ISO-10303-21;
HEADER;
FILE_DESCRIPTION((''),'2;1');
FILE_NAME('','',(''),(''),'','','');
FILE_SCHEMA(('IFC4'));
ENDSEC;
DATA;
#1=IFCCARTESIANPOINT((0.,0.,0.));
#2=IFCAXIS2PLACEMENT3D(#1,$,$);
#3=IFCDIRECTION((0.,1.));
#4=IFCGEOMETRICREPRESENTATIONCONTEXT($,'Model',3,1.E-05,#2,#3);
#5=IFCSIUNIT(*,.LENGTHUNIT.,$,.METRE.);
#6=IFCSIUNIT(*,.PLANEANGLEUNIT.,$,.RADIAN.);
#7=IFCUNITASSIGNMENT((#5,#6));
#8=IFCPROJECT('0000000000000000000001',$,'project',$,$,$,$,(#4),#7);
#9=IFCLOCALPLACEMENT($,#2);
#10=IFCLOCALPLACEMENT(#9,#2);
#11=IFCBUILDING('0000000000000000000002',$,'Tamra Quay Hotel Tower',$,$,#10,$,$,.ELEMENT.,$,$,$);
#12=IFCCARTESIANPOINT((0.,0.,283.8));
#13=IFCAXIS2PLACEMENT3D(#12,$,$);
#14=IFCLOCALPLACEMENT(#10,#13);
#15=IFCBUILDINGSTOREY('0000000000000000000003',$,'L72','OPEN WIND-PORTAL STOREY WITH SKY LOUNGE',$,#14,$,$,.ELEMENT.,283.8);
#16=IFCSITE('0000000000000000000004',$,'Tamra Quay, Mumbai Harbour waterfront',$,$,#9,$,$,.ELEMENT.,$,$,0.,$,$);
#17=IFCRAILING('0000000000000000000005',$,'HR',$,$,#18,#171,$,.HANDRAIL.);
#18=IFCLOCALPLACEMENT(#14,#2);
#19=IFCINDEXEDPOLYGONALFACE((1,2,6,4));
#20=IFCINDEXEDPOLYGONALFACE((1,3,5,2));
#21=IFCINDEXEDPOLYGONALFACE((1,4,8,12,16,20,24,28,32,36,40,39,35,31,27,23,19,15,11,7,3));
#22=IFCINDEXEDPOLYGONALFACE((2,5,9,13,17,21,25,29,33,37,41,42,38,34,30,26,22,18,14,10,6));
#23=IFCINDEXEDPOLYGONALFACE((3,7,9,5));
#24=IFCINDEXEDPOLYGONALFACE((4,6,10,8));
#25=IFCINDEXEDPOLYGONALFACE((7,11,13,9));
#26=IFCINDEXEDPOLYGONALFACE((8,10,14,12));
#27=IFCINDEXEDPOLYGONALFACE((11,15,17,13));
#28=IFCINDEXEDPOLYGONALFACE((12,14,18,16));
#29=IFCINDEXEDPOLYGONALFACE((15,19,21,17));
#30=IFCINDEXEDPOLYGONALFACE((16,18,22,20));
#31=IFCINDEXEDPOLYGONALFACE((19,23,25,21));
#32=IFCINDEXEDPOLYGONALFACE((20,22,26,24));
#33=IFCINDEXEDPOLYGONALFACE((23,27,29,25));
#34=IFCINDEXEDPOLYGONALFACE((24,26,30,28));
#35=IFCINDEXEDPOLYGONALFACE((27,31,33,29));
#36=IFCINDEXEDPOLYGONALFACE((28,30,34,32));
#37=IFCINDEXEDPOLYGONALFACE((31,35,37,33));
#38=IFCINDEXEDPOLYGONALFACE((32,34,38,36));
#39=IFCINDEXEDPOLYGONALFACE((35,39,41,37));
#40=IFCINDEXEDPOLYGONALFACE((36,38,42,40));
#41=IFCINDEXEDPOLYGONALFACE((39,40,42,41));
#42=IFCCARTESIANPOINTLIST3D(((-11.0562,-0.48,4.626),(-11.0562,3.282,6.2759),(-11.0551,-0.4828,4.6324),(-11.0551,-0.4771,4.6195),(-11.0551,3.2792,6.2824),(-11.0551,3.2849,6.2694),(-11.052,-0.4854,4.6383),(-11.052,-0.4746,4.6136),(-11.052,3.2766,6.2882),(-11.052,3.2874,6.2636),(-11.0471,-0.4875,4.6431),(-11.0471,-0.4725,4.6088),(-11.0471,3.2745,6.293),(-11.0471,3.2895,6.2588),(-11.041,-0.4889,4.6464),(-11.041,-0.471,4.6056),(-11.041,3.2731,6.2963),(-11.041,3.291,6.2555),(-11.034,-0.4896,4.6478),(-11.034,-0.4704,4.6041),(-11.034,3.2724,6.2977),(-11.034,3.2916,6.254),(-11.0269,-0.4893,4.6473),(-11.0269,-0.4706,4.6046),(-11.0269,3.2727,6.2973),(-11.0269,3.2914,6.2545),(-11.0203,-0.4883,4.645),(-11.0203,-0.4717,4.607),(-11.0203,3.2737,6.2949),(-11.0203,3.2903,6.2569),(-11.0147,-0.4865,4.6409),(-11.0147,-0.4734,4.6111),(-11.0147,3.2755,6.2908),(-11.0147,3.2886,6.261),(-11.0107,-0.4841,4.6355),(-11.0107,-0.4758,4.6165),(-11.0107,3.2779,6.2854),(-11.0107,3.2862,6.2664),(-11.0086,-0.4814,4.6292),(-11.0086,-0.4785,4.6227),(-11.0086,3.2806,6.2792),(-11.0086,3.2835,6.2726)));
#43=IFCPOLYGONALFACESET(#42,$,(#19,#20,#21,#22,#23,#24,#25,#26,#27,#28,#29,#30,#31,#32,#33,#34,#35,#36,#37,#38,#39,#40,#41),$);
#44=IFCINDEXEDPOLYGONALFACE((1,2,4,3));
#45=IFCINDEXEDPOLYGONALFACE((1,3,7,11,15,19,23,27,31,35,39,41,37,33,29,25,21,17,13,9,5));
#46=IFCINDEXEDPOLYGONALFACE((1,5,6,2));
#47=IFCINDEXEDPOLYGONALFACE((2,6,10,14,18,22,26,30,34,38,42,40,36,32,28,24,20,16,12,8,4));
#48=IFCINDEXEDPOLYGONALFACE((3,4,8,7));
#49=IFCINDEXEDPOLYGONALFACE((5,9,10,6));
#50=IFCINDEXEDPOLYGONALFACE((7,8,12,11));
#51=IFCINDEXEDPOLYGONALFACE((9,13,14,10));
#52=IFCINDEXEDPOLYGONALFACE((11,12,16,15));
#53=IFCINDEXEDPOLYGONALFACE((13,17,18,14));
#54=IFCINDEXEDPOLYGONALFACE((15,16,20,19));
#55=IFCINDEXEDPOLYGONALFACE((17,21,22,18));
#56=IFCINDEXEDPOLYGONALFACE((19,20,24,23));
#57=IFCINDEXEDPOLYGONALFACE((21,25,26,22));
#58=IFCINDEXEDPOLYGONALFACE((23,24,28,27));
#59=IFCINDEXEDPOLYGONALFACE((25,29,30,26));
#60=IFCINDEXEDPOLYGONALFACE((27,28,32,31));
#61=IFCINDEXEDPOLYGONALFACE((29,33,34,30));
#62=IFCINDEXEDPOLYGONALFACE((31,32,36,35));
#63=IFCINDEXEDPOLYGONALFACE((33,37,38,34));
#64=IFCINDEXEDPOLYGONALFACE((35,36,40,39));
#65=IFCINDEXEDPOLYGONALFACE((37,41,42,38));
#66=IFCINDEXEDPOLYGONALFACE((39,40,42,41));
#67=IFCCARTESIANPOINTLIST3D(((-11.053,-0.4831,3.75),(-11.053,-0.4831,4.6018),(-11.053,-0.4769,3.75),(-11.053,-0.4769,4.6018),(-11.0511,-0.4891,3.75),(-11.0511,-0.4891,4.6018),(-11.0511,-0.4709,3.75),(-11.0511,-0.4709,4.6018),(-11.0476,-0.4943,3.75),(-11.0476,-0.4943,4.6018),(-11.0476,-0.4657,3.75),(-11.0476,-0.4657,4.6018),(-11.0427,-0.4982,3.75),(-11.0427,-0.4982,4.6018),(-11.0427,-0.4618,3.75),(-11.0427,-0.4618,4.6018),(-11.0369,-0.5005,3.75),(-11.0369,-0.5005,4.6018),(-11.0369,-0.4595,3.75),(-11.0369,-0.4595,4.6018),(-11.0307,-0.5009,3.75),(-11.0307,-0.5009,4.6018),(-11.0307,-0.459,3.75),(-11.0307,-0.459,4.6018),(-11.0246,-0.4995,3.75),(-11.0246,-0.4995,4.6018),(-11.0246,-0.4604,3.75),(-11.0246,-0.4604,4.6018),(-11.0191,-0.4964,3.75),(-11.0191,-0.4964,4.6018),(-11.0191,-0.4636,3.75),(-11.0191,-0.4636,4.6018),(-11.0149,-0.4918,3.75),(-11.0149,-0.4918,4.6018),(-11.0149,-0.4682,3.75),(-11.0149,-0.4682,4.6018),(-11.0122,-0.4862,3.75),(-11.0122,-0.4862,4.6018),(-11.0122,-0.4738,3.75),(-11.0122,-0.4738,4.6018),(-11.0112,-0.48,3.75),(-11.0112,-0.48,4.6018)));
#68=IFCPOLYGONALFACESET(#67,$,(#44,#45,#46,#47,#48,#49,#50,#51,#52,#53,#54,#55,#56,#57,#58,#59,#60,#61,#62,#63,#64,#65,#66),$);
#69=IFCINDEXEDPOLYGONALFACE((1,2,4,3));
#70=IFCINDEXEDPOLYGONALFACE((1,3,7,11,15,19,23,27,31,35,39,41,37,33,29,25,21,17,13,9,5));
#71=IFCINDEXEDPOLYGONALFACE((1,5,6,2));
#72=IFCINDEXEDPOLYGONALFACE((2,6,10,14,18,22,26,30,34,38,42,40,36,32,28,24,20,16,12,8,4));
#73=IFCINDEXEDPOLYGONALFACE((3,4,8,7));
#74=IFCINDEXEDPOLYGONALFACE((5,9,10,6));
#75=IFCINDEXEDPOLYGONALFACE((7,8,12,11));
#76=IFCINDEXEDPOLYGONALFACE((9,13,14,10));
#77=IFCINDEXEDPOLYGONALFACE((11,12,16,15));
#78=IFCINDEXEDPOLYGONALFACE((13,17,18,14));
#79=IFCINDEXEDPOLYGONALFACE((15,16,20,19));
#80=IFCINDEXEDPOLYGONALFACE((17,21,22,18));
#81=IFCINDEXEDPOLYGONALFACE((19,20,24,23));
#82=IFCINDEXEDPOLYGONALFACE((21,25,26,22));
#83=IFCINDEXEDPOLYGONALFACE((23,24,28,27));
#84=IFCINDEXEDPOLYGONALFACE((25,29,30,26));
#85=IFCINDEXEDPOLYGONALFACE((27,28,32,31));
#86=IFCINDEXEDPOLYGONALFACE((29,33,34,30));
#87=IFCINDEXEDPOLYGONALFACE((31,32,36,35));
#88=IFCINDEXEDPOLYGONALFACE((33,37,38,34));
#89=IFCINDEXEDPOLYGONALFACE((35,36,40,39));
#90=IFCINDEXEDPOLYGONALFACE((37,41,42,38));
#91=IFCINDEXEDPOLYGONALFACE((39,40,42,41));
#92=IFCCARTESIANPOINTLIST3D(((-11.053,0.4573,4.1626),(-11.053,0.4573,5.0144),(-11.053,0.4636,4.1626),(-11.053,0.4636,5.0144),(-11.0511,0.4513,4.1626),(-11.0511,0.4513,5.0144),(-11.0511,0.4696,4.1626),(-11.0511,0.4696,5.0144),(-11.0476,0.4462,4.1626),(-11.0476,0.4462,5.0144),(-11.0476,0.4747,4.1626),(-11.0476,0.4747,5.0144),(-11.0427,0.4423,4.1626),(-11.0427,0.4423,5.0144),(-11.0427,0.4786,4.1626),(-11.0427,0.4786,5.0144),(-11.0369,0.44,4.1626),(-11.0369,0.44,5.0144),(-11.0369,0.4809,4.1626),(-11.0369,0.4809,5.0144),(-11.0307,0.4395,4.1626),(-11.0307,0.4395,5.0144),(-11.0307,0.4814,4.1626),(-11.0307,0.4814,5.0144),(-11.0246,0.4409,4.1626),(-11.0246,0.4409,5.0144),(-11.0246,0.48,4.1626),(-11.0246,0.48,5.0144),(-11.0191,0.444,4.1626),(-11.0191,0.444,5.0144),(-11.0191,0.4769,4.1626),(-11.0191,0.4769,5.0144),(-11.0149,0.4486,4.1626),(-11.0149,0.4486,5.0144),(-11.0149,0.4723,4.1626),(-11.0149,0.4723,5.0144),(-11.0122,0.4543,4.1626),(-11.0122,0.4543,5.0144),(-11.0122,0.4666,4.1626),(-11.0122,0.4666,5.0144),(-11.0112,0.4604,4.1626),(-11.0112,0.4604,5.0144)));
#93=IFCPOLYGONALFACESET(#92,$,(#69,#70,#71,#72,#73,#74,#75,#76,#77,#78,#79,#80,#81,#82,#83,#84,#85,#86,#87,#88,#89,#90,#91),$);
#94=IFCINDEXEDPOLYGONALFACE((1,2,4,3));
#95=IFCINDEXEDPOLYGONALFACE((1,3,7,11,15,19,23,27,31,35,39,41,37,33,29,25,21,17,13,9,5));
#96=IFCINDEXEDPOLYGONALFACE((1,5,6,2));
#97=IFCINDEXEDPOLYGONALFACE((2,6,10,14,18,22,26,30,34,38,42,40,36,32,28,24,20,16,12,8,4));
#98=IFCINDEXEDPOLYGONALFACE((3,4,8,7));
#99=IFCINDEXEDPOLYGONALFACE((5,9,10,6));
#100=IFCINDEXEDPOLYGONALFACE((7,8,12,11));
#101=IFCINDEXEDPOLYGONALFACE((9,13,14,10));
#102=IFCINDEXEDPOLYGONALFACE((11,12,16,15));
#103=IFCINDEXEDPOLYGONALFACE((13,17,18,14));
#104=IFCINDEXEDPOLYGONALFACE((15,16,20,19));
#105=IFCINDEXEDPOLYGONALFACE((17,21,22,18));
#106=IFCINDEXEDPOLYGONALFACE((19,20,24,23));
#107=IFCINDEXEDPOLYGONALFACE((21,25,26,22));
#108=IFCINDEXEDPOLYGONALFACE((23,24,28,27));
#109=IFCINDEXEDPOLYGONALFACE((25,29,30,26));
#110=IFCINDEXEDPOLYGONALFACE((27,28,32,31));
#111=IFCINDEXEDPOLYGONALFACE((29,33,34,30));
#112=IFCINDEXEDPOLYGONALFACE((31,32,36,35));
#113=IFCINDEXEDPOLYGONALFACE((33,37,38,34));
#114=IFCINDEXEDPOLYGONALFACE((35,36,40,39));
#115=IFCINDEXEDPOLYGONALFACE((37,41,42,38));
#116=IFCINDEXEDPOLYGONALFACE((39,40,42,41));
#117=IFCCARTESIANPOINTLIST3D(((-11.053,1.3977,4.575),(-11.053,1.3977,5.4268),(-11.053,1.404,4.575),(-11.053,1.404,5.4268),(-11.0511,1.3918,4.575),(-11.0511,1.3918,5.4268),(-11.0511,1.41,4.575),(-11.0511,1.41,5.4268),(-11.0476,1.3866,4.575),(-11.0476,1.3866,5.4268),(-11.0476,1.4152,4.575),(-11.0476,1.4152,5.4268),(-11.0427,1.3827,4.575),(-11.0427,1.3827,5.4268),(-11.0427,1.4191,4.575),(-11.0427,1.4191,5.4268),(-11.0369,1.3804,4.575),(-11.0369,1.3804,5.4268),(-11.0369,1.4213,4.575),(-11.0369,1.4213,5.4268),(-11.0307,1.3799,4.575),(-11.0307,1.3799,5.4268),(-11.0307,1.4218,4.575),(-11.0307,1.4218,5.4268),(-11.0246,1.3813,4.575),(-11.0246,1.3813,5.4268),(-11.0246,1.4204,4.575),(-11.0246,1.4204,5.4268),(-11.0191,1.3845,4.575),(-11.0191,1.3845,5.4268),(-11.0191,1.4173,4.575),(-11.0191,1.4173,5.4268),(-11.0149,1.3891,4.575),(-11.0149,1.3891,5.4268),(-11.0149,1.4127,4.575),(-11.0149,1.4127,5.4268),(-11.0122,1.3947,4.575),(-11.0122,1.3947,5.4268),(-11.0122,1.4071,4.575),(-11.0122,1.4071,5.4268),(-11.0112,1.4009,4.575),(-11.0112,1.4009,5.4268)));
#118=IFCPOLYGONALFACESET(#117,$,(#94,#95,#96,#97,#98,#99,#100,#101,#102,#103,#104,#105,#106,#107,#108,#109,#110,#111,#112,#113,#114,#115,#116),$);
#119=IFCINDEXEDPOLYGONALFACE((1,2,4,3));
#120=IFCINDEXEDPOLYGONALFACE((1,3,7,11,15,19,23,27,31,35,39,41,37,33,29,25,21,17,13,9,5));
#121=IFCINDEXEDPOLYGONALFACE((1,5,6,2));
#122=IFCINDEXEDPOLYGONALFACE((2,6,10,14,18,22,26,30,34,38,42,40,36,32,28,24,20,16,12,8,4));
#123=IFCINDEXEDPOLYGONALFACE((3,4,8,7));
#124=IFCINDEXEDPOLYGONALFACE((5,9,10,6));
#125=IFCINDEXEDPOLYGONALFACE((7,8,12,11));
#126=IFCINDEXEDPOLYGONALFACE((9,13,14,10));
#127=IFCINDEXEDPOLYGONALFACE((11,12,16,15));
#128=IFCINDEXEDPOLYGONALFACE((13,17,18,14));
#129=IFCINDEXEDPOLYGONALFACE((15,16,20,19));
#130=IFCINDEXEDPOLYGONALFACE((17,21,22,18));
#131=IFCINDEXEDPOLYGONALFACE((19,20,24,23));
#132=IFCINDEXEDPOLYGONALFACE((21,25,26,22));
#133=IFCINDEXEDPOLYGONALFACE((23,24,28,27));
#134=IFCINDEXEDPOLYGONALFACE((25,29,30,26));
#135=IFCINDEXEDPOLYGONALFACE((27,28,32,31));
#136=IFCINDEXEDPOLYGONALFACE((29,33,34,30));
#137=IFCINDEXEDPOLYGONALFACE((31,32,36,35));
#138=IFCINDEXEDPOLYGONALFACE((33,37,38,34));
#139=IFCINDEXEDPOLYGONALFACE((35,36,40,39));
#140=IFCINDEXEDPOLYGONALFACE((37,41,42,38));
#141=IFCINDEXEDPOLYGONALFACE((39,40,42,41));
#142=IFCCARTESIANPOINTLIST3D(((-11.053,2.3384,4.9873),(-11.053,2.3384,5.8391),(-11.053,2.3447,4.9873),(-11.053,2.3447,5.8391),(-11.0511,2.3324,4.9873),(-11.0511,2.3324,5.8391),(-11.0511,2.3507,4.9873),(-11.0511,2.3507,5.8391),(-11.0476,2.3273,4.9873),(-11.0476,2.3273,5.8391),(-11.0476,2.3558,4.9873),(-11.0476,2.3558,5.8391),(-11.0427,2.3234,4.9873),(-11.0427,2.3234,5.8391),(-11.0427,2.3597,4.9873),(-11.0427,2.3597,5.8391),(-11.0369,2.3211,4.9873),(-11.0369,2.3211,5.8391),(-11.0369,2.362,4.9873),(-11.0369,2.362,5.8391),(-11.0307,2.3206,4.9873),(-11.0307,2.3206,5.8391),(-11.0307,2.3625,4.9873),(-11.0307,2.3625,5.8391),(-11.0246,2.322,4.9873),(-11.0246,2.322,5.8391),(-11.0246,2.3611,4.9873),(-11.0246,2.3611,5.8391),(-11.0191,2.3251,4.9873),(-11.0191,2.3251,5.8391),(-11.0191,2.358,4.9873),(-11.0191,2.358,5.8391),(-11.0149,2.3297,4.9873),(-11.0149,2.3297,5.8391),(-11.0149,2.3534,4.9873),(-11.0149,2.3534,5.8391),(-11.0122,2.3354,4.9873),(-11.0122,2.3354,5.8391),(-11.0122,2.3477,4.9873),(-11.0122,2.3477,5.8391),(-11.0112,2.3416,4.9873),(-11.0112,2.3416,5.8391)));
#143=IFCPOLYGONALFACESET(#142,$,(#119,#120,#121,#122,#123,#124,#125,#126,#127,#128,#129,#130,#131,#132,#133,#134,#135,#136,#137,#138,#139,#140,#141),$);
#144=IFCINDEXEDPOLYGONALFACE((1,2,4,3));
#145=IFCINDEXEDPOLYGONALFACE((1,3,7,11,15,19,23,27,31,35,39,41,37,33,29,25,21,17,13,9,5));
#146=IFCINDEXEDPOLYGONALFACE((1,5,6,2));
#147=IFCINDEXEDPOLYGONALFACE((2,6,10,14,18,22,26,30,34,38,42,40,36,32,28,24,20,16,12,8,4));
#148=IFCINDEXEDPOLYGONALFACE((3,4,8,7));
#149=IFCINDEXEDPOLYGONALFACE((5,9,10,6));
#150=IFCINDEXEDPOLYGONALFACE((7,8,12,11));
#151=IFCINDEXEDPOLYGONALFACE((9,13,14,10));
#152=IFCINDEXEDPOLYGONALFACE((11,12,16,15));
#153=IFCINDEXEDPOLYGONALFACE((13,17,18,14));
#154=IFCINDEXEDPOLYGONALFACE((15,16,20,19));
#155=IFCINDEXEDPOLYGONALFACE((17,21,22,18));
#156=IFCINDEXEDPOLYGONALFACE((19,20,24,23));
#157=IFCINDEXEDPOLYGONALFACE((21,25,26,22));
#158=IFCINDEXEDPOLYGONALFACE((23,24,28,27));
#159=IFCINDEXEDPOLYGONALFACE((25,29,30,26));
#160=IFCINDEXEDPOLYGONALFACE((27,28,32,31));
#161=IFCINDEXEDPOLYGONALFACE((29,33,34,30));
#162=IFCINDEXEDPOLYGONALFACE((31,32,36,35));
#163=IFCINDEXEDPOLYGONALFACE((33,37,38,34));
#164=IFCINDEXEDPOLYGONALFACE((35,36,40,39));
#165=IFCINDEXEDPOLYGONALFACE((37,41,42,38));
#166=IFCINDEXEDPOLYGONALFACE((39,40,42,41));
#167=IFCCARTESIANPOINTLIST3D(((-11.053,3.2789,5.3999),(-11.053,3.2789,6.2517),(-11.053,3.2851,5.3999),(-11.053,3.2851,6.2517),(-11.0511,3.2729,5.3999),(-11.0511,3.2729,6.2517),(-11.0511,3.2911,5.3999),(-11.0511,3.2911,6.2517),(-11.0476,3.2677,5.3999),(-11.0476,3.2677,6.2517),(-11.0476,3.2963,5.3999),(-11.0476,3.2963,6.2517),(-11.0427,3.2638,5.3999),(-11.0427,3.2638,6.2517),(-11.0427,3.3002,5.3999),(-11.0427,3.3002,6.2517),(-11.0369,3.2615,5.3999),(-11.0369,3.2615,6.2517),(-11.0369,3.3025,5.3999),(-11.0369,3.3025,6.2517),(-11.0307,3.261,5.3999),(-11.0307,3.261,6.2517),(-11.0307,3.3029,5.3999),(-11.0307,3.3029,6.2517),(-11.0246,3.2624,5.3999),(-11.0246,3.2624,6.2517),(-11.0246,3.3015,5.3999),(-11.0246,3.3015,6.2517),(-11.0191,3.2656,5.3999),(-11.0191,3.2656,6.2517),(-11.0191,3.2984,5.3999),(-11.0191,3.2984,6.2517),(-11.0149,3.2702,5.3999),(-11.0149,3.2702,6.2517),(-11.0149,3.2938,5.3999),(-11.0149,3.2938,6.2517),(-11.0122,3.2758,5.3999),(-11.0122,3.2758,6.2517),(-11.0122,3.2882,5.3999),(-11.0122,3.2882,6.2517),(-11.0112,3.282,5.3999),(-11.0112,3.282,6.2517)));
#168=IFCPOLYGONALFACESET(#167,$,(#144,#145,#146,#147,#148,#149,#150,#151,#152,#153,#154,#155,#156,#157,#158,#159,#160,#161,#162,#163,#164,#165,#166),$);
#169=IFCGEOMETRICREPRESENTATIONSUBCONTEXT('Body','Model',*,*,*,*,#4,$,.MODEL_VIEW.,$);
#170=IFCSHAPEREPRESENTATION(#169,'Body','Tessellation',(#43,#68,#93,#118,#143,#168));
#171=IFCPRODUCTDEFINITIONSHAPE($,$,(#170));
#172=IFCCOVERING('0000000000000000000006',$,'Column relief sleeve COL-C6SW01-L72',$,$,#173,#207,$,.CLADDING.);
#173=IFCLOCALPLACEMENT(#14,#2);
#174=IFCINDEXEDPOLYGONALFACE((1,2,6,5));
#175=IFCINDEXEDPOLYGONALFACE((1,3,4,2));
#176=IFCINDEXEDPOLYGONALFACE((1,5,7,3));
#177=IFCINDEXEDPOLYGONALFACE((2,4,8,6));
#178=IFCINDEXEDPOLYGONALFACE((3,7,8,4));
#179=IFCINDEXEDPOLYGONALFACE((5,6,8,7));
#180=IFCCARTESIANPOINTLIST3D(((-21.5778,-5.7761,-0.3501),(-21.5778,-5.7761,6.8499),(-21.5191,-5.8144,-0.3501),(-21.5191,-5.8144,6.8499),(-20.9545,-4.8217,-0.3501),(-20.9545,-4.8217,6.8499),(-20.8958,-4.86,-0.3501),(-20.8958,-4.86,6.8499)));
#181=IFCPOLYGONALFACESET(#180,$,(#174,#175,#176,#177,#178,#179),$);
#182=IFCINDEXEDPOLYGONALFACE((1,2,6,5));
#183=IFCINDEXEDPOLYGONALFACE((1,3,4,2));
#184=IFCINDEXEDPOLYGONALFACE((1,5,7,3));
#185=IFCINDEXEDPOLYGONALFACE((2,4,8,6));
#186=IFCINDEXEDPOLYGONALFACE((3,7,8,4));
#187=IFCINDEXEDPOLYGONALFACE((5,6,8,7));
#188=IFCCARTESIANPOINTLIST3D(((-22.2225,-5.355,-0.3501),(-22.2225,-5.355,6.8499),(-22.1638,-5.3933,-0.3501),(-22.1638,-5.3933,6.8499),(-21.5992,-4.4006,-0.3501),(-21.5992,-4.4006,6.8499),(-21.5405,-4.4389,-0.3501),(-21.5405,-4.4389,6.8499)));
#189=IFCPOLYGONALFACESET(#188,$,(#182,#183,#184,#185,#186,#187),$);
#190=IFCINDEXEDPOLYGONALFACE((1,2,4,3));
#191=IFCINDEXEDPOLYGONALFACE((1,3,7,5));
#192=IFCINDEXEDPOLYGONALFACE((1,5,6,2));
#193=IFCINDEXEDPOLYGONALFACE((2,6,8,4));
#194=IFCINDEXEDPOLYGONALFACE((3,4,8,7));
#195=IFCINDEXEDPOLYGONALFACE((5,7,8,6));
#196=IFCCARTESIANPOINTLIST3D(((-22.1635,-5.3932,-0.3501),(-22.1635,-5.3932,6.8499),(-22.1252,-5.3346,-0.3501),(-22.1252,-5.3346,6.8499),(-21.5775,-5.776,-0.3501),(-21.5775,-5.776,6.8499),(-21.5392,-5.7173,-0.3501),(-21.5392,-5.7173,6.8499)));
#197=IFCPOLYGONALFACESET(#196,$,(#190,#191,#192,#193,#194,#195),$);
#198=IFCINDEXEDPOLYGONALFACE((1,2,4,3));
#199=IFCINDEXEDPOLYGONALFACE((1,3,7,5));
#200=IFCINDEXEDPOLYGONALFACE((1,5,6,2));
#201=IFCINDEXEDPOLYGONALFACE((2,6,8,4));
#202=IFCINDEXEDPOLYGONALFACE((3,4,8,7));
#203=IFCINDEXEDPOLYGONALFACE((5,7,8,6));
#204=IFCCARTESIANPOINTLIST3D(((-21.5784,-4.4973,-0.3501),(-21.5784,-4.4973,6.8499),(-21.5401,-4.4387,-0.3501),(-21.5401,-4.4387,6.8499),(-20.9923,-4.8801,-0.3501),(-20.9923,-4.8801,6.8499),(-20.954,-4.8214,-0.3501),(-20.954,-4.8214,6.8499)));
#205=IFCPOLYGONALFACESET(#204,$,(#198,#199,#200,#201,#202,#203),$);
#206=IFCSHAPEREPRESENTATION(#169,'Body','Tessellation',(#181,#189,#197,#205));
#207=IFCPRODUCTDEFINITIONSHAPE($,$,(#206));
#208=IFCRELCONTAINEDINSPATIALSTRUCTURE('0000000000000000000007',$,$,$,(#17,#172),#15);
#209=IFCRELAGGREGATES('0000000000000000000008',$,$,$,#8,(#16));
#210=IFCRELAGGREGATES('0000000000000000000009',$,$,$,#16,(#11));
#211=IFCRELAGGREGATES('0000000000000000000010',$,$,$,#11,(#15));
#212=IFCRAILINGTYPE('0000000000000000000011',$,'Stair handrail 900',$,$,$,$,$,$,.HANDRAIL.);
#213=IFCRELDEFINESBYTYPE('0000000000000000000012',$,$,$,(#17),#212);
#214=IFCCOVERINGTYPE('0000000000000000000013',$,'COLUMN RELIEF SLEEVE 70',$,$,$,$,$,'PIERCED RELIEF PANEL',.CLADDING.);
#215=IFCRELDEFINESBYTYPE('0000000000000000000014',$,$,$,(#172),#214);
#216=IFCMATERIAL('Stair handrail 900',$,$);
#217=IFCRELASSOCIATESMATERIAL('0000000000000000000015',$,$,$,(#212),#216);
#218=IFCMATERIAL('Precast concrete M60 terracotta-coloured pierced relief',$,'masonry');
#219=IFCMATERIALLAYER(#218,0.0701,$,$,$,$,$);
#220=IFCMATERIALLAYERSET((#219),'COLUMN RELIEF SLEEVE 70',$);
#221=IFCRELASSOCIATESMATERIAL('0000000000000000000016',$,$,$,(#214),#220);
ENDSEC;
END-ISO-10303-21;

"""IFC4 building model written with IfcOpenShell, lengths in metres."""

from ifc_helpers import new_model, si_unit, direction, frame, frame_2d, origin, origin_2d, place, context, subcontext, project, spatial, rectangle, circle, extrude, source, transform, mapped, material, layer, layer_set, type_object, element, save


model = new_model("IFC4")

# Units and contexts
model_context = context("Model", 3, precision=1e-05, world=origin(), true_north=direction((0.0, 1.0)))
body_context = subcontext(model_context, "Body", "Model", "MODEL_VIEW")
ifc_project = project(units=[si_unit("LENGTHUNIT", "METRE"), si_unit("PLANEANGLEUNIT", "RADIAN")], contexts=[model_context])

# Site, building, storey
site_placement = place(None, origin())
site = spatial("IfcSite", under=ifc_project, at=site_placement, Name="Tamra Quay, Mumbai Harbour waterfront", CompositionType="ELEMENT", RefElevation=0.0)
building_placement = place(site_placement, origin())
building = spatial("IfcBuilding", under=site, at=building_placement, Name="Tamra Quay Hotel Tower", CompositionType="ELEMENT")
storey_placement = place(building_placement, frame((0.0, 0.0, 283.8)))
storey = spatial("IfcBuildingStorey", under=building, at=storey_placement, Name="L72", Description="OPEN WIND-PORTAL STOREY WITH SKY LOUNGE", CompositionType="ELEMENT", Elevation=283.8)

# Shared definitions
ifc_material_1 = material(Name="Precast concrete M60 terracotta-coloured pierced relief", Category="masonry")

# Railing
ifc_material_2 = material(Name="Stair handrail 900")
railing_type_1 = type_object("IfcRailingType", Name="Stair handrail 900", PredefinedType="HANDRAIL", material=ifc_material_2)
railing_1_placement = place(storey_placement, frame((-11.0322, -0.48, 3.75)))
element("IfcRailing", 1, at=railing_1_placement, inside=storey, type_object=railing_type_1, Name="HR", PredefinedType="HANDRAIL", context=body_context, shape_type="SweptSolid", body=[
    extrude(circle(Radius=0.0239, at=origin_2d()), frame((0.0, 0.0, 0.876), z_axis=(0.0, 0.915795, 0.401645), x_axis=(-1.0, 0.0, 0.0)), (0.0, 0.0, 1.0), 4.1079),
    extrude(circle(Radius=0.021, at=origin_2d()), origin(), (0.0, 0.0, 1.0), 0.8518),
    extrude(circle(Radius=0.021, at=origin_2d()), frame((0.0, 0.9404, 0.4126)), (0.0, 0.0, 1.0), 0.8518),
    extrude(circle(Radius=0.021, at=origin_2d()), frame((0.0, 1.8809, 0.825)), (0.0, 0.0, 1.0), 0.8518),
    extrude(circle(Radius=0.021, at=origin_2d()), frame((0.0, 2.8215, 1.2373)), (0.0, 0.0, 1.0), 0.8518),
    extrude(circle(Radius=0.021, at=origin_2d()), frame((0.0, 3.762, 1.6499)), (0.0, 0.0, 1.0), 0.8518),
])

# Covering
ifc_layer_1 = layer(ifc_material_1, 0.0701)
ifc_layer_set_1 = layer_set([ifc_layer_1], Name="COLUMN RELIEF SLEEVE 70")
covering_type_1 = type_object("IfcCoveringType", Name="COLUMN RELIEF SLEEVE 70", ElementType="PIERCED RELIEF PANEL", PredefinedType="CLADDING", material=ifc_layer_set_1)
shared_shape = source(origin(), body_context, "Body", "SweptSolid", [
    extrude(rectangle(XDim=1.1399, YDim=0.0701, at=frame_2d((0.5698, 0.0352))), frame((-0.5701, -0.4199, 0.0)), (0.0, 0.0, 1.0), 7.2),
    extrude(rectangle(XDim=1.1399, YDim=0.0701, at=frame_2d((0.5698, 0.0352))), frame((-0.5701, 0.3501, 0.0)), (0.0, 0.0, 1.0), 7.2),
    extrude(rectangle(XDim=0.0701, YDim=0.7, at=frame_2d((0.0352, 0.3501))), frame((-0.5701, -0.3501, 0.0)), (0.0, 0.0, 1.0), 7.2),
    extrude(rectangle(XDim=0.0701, YDim=0.7, at=frame_2d((0.0352, 0.3501))), frame((0.5, -0.3501, 0.0)), (0.0, 0.0, 1.0), 7.2),
])
for number, where, z_axis, x_axis, name in (
    (2, (-21.5588, -5.1074, -0.3501), (0.0, 0.0, 1.0), (0.546805, 0.83726, 0.0), "Column relief sleeve COL-C6SW01-L72"),
):
    element("IfcCovering", number, at=place(storey_placement, frame(where, z_axis=z_axis, x_axis=x_axis)), inside=storey, type_object=covering_type_1, Name=name, PredefinedType="CLADDING", context=body_context, shape_type="MappedRepresentation", body=[
        mapped(shared_shape, transform((0.0, 0.0, 0.0), scale=1.0)),
    ])

save(model, "model.ifc")
